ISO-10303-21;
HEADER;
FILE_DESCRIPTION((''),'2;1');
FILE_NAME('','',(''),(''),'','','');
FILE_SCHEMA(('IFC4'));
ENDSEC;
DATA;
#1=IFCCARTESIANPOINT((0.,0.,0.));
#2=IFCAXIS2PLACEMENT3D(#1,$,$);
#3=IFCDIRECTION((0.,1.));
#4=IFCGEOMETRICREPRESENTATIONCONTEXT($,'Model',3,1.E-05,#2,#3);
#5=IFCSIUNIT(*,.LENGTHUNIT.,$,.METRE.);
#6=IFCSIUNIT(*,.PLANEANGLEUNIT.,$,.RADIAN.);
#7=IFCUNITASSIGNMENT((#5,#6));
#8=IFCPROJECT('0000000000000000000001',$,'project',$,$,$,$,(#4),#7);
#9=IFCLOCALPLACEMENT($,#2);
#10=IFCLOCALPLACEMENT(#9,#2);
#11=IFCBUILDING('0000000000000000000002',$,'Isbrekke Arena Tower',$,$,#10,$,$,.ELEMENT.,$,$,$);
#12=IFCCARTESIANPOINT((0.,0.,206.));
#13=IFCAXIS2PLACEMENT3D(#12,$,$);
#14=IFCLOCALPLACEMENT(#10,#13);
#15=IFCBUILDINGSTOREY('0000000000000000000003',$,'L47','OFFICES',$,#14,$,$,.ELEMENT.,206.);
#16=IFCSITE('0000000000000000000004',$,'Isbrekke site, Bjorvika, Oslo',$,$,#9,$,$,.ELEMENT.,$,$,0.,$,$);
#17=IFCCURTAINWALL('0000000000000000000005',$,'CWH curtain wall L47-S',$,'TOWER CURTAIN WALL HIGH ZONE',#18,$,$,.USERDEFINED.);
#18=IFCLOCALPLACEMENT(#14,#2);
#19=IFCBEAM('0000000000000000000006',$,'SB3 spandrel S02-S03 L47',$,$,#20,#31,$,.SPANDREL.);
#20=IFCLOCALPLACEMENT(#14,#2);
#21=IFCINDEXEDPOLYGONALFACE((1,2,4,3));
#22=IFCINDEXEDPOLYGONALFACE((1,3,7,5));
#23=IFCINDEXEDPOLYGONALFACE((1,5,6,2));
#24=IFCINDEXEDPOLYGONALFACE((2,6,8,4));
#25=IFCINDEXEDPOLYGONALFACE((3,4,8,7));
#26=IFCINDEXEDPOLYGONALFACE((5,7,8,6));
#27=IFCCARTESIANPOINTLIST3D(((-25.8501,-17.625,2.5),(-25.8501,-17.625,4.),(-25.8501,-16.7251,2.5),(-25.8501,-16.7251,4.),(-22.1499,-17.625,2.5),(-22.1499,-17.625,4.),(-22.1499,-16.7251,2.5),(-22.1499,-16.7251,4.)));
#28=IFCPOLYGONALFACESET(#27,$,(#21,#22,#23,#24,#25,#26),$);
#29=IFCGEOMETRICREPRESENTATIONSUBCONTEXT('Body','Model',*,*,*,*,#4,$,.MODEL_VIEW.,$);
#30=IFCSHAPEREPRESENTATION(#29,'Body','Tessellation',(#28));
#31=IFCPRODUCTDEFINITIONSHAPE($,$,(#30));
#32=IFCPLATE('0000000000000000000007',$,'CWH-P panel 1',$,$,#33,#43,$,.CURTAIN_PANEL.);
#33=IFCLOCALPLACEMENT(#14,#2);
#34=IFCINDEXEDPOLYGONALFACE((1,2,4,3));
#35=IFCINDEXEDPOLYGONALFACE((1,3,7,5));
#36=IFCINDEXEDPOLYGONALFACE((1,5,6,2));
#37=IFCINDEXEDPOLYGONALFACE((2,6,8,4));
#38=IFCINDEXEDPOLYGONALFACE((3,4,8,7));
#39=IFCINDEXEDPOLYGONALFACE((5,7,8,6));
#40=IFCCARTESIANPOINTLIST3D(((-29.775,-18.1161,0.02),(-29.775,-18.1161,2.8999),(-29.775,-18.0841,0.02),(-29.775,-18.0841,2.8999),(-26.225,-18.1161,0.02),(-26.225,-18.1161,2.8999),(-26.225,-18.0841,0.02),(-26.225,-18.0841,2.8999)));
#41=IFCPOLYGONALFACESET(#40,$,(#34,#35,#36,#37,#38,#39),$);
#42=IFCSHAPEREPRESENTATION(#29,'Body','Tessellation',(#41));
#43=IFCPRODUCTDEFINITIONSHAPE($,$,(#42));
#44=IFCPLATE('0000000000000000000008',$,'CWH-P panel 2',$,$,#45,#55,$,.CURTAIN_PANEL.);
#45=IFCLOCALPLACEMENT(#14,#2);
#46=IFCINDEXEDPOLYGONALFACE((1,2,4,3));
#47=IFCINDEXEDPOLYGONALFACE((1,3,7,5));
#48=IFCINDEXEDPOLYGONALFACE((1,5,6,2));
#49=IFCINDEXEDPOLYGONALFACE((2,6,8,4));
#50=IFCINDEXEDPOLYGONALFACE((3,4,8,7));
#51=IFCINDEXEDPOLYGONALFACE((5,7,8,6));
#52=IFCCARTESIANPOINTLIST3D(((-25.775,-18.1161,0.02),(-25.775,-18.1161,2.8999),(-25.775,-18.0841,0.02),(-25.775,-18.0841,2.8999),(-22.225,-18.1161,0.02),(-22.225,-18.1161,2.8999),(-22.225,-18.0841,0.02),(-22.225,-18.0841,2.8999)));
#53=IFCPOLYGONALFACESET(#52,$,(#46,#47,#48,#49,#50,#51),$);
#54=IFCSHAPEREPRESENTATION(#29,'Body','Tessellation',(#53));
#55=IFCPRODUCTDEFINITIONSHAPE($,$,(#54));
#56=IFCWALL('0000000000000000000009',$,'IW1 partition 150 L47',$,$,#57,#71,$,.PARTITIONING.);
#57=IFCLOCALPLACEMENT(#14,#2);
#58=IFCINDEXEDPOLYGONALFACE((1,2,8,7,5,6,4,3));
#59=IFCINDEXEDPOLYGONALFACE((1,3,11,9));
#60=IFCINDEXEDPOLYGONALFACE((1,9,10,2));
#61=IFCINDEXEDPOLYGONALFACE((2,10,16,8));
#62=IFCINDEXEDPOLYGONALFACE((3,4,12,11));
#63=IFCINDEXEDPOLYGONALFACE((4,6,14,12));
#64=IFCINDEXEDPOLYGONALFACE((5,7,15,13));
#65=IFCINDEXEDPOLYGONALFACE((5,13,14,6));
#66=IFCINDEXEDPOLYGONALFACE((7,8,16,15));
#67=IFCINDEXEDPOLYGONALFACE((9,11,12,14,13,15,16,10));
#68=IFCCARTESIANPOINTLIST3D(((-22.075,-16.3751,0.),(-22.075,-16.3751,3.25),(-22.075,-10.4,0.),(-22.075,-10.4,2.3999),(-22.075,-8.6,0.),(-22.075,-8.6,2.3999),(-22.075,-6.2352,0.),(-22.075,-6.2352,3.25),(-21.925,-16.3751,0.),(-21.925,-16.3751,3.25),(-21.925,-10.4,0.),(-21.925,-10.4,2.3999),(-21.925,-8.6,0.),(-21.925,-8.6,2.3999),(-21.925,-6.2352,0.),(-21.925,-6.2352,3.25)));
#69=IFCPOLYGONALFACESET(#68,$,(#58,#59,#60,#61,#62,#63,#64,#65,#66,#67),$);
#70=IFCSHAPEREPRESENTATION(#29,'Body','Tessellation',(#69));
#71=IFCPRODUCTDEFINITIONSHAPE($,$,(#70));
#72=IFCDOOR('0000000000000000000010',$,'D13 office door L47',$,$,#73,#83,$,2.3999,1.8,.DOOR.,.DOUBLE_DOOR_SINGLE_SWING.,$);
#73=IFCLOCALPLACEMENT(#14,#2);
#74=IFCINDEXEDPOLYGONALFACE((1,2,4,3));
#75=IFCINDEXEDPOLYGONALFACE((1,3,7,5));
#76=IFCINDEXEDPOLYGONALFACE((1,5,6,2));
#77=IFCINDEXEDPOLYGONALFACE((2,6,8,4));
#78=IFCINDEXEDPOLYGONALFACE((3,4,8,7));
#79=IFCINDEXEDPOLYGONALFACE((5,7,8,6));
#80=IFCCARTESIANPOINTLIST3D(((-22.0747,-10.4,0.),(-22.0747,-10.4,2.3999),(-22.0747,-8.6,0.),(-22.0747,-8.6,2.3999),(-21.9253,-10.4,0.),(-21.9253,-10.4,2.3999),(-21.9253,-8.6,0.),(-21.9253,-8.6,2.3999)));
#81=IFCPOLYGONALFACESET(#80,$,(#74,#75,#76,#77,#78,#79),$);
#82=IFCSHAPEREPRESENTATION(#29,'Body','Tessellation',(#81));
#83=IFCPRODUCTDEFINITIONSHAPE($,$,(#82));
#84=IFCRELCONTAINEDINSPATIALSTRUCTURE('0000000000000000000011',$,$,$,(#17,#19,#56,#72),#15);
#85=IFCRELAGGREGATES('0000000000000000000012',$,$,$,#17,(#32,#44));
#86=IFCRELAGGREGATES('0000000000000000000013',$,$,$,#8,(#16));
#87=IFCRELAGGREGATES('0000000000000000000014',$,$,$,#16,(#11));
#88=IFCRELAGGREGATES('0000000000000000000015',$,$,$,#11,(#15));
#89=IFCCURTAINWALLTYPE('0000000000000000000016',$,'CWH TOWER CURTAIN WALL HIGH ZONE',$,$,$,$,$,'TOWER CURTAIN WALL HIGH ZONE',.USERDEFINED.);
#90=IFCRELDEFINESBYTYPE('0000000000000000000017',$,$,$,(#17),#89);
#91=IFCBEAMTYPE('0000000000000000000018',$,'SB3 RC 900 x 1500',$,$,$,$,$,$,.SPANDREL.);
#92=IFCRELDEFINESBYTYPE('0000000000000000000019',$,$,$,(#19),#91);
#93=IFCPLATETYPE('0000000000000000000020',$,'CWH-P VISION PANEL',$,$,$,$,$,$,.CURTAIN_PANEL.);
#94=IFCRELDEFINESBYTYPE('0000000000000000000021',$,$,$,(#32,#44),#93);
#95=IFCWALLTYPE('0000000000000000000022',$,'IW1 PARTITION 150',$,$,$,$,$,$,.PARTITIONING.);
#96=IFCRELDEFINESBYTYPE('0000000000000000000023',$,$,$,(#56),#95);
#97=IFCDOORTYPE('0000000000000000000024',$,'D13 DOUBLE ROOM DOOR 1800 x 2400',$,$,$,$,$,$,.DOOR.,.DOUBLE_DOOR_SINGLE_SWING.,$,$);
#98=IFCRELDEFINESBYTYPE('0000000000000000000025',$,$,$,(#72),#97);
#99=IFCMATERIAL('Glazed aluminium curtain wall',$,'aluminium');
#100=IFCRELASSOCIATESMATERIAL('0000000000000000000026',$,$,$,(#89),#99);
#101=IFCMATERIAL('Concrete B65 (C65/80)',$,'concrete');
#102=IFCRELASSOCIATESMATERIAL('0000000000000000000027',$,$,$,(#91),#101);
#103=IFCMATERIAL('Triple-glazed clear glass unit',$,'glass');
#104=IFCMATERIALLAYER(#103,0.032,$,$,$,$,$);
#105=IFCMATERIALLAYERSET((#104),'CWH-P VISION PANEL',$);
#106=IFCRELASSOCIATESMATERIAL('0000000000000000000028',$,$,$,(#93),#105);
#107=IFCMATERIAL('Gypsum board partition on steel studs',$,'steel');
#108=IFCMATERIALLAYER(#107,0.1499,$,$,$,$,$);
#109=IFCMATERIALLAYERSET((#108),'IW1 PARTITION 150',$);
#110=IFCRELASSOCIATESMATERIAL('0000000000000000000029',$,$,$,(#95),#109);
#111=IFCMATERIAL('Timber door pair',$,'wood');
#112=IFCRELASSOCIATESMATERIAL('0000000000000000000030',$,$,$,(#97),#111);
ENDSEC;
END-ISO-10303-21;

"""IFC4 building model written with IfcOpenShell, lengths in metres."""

from ifc_helpers import new_model, si_unit, direction, frame, frame_2d, origin, origin_2d, place, context, subcontext, project, spatial, rectangle, extrude, material, layer, layer_set, material_profile, profile_set, type_object, element, fill, aggregate, save


model = new_model("IFC4")

# Units and contexts
model_context = context("Model", 3, precision=1e-05, world=origin(), true_north=direction((0.0, 1.0)))
body_context = subcontext(model_context, "Body", "Model", "MODEL_VIEW")
ifc_project = project(units=[si_unit("LENGTHUNIT", "METRE"), si_unit("PLANEANGLEUNIT", "RADIAN")], contexts=[model_context])

# Site, building, storey
site_placement = place(None, origin())
site = spatial("IfcSite", under=ifc_project, at=site_placement, Name="Isbrekke site, Bjorvika, Oslo", CompositionType="ELEMENT", RefElevation=0.0)
building_placement = place(site_placement, origin())
building = spatial("IfcBuilding", under=site, at=building_placement, Name="Isbrekke Arena Tower", CompositionType="ELEMENT")
storey_placement = place(building_placement, frame((0.0, 0.0, 206.0)))
storey = spatial("IfcBuildingStorey", under=building, at=storey_placement, Name="L47", Description="OFFICES", CompositionType="ELEMENT", Elevation=206.0)

# Curtain wall
ifc_material_1 = material(Name="Glazed aluminium curtain wall", Category="aluminium")
curtain_wall_type = type_object("IfcCurtainWallType", Name="CWH TOWER CURTAIN WALL HIGH ZONE", ElementType="TOWER CURTAIN WALL HIGH ZONE", PredefinedType="USERDEFINED", material=ifc_material_1)
curtain_wall_placement = place(storey_placement, origin())
curtain_wall = element("IfcCurtainWall", 1, at=curtain_wall_placement, inside=storey, type_object=curtain_wall_type, Name="CWH curtain wall L47-S", ObjectType="TOWER CURTAIN WALL HIGH ZONE", PredefinedType="USERDEFINED")

# Beam
ifc_material_2 = material(Name="Concrete B65 (C65/80)", Category="concrete")
ifc_material_profile_1 = material_profile(ifc_material_2, rectangle(XDim=0.8999, YDim=1.5, at=origin_2d()), Name="RC 900x1500")
ifc_profile_set_1 = profile_set([ifc_material_profile_1], Name="Concrete B65 (C65/80)")
beam_type_1 = type_object("IfcBeamType", Name="SB3 RC 900 x 1500", PredefinedType="SPANDREL", material=ifc_profile_set_1)
for number, where, z_axis, x_axis, name in (
    (2, (-25.8501, -17.175, 3.25), (1.0, 0.0, 0.0), (0.0, 1.0, 0.0), "SB3 spandrel S02-S03 L47"),
):
    element("IfcBeam", number, at=place(storey_placement, frame(where, z_axis=z_axis, x_axis=x_axis)), inside=storey, type_object=beam_type_1, Name=name, PredefinedType="SPANDREL", context=body_context, shape_type="SweptSolid", body=[
        extrude(rectangle(XDim=0.8999, YDim=1.5, at=origin_2d()), origin(), (0.0, 0.0, 1.0), 3.7002),
    ])

# Plates
ifc_material_3 = material(Name="Triple-glazed clear glass unit", Category="glass")
ifc_layer_1 = layer(ifc_material_3, 0.032)
ifc_layer_set_1 = layer_set([ifc_layer_1], Name="CWH-P VISION PANEL")
plate_type = type_object("IfcPlateType", Name="CWH-P VISION PANEL", PredefinedType="CURTAIN_PANEL", material=ifc_layer_set_1)
plate_1_placement = place(storey_placement, frame((-28.0, -18.1001, 0.02), z_axis=(0.0, 0.0, 1.0), x_axis=(1.0, 0.0, 0.0)))
plate_1 = element("IfcPlate", 3, at=plate_1_placement, type_object=plate_type, Name="CWH-P panel 1", PredefinedType="CURTAIN_PANEL", context=body_context, shape_type="SweptSolid", body=[
    extrude(rectangle(XDim=3.55, YDim=0.032, at=origin_2d()), origin(), (0.0, 0.0, 1.0), 2.8799),
])
plate_2_placement = place(storey_placement, frame((-24.0, -18.1001, 0.02), z_axis=(0.0, 0.0, 1.0), x_axis=(1.0, 0.0, 0.0)))
plate_2 = element("IfcPlate", 4, at=plate_2_placement, type_object=plate_type, Name="CWH-P panel 2", PredefinedType="CURTAIN_PANEL", context=body_context, shape_type="SweptSolid", body=[
    extrude(rectangle(XDim=3.55, YDim=0.032, at=origin_2d()), origin(), (0.0, 0.0, 1.0), 2.8799),
])
aggregate(curtain_wall, [plate_1, plate_2])

# Shared definitions
ifc_material_4 = material(Name="Gypsum board partition on steel studs", Category="steel")
ifc_layer_2 = layer(ifc_material_4, 0.1499)
ifc_layer_set_2 = layer_set([ifc_layer_2], Name="IW1 PARTITION 150")
wall_type = type_object("IfcWallType", Name="IW1 PARTITION 150", PredefinedType="PARTITIONING", material=ifc_layer_set_2)

# Wall, opening, door
wall_1_placement = place(storey_placement, frame((-22.0, -16.375, 0.0), z_axis=(0.0, 0.0, 1.0), x_axis=(0.0, 1.0, 0.0)))
wall_1 = element("IfcWall", 5, at=wall_1_placement, inside=storey, type_object=wall_type, Name="IW1 partition 150 L47", PredefinedType="PARTITIONING", context=body_context, shape_type="SweptSolid", body=[
    extrude(rectangle(XDim=10.1399, YDim=0.1499, at=frame_2d((5.0698, 0.0))), origin(), (0.0, 0.0, 1.0), 3.25),
])
opening_1_placement = place(wall_1_placement, frame((5.9751, 0.0, 0.0)))
opening_1 = element("IfcOpeningElement", 6, at=opening_1_placement, cuts=wall_1, PredefinedType="OPENING", context=body_context, shape_type="SweptSolid", body=[
    extrude(rectangle(XDim=1.8, YDim=2.3999, at=frame_2d((0.8999, 1.2))), frame((0.0, 0.0898, 0.0), z_axis=(0.0, -1.0, 0.0), x_axis=(1.0, 0.0, 0.0)), (0.0, 0.0, 1.0), 0.1797),
])
ifc_material_5 = material(Name="Timber door pair", Category="wood")
door_type_1 = type_object("IfcDoorType", Name="D13 DOUBLE ROOM DOOR 1800 x 2400", OperationType="DOUBLE_DOOR_SINGLE_SWING", PredefinedType="DOOR", material=ifc_material_5)
door_1_placement = place(opening_1_placement, origin())
door_1 = element("IfcDoor", 7, at=door_1_placement, inside=storey, type_object=door_type_1, Name="D13 office door L47", OperationType="DOUBLE_DOOR_SINGLE_SWING", OverallHeight=2.3999, OverallWidth=1.8, PredefinedType="DOOR", context=body_context, shape_type="SweptSolid", body=[
    extrude(rectangle(XDim=1.8, YDim=2.3999, at=frame_2d((0.8999, 1.2))), frame((0.0, 0.0747, 0.0), z_axis=(0.0, -1.0, 0.0), x_axis=(1.0, 0.0, 0.0)), (0.0, 0.0, 1.0), 0.1494),
])
fill(opening_1, door_1)

save(model, "model.ifc")
